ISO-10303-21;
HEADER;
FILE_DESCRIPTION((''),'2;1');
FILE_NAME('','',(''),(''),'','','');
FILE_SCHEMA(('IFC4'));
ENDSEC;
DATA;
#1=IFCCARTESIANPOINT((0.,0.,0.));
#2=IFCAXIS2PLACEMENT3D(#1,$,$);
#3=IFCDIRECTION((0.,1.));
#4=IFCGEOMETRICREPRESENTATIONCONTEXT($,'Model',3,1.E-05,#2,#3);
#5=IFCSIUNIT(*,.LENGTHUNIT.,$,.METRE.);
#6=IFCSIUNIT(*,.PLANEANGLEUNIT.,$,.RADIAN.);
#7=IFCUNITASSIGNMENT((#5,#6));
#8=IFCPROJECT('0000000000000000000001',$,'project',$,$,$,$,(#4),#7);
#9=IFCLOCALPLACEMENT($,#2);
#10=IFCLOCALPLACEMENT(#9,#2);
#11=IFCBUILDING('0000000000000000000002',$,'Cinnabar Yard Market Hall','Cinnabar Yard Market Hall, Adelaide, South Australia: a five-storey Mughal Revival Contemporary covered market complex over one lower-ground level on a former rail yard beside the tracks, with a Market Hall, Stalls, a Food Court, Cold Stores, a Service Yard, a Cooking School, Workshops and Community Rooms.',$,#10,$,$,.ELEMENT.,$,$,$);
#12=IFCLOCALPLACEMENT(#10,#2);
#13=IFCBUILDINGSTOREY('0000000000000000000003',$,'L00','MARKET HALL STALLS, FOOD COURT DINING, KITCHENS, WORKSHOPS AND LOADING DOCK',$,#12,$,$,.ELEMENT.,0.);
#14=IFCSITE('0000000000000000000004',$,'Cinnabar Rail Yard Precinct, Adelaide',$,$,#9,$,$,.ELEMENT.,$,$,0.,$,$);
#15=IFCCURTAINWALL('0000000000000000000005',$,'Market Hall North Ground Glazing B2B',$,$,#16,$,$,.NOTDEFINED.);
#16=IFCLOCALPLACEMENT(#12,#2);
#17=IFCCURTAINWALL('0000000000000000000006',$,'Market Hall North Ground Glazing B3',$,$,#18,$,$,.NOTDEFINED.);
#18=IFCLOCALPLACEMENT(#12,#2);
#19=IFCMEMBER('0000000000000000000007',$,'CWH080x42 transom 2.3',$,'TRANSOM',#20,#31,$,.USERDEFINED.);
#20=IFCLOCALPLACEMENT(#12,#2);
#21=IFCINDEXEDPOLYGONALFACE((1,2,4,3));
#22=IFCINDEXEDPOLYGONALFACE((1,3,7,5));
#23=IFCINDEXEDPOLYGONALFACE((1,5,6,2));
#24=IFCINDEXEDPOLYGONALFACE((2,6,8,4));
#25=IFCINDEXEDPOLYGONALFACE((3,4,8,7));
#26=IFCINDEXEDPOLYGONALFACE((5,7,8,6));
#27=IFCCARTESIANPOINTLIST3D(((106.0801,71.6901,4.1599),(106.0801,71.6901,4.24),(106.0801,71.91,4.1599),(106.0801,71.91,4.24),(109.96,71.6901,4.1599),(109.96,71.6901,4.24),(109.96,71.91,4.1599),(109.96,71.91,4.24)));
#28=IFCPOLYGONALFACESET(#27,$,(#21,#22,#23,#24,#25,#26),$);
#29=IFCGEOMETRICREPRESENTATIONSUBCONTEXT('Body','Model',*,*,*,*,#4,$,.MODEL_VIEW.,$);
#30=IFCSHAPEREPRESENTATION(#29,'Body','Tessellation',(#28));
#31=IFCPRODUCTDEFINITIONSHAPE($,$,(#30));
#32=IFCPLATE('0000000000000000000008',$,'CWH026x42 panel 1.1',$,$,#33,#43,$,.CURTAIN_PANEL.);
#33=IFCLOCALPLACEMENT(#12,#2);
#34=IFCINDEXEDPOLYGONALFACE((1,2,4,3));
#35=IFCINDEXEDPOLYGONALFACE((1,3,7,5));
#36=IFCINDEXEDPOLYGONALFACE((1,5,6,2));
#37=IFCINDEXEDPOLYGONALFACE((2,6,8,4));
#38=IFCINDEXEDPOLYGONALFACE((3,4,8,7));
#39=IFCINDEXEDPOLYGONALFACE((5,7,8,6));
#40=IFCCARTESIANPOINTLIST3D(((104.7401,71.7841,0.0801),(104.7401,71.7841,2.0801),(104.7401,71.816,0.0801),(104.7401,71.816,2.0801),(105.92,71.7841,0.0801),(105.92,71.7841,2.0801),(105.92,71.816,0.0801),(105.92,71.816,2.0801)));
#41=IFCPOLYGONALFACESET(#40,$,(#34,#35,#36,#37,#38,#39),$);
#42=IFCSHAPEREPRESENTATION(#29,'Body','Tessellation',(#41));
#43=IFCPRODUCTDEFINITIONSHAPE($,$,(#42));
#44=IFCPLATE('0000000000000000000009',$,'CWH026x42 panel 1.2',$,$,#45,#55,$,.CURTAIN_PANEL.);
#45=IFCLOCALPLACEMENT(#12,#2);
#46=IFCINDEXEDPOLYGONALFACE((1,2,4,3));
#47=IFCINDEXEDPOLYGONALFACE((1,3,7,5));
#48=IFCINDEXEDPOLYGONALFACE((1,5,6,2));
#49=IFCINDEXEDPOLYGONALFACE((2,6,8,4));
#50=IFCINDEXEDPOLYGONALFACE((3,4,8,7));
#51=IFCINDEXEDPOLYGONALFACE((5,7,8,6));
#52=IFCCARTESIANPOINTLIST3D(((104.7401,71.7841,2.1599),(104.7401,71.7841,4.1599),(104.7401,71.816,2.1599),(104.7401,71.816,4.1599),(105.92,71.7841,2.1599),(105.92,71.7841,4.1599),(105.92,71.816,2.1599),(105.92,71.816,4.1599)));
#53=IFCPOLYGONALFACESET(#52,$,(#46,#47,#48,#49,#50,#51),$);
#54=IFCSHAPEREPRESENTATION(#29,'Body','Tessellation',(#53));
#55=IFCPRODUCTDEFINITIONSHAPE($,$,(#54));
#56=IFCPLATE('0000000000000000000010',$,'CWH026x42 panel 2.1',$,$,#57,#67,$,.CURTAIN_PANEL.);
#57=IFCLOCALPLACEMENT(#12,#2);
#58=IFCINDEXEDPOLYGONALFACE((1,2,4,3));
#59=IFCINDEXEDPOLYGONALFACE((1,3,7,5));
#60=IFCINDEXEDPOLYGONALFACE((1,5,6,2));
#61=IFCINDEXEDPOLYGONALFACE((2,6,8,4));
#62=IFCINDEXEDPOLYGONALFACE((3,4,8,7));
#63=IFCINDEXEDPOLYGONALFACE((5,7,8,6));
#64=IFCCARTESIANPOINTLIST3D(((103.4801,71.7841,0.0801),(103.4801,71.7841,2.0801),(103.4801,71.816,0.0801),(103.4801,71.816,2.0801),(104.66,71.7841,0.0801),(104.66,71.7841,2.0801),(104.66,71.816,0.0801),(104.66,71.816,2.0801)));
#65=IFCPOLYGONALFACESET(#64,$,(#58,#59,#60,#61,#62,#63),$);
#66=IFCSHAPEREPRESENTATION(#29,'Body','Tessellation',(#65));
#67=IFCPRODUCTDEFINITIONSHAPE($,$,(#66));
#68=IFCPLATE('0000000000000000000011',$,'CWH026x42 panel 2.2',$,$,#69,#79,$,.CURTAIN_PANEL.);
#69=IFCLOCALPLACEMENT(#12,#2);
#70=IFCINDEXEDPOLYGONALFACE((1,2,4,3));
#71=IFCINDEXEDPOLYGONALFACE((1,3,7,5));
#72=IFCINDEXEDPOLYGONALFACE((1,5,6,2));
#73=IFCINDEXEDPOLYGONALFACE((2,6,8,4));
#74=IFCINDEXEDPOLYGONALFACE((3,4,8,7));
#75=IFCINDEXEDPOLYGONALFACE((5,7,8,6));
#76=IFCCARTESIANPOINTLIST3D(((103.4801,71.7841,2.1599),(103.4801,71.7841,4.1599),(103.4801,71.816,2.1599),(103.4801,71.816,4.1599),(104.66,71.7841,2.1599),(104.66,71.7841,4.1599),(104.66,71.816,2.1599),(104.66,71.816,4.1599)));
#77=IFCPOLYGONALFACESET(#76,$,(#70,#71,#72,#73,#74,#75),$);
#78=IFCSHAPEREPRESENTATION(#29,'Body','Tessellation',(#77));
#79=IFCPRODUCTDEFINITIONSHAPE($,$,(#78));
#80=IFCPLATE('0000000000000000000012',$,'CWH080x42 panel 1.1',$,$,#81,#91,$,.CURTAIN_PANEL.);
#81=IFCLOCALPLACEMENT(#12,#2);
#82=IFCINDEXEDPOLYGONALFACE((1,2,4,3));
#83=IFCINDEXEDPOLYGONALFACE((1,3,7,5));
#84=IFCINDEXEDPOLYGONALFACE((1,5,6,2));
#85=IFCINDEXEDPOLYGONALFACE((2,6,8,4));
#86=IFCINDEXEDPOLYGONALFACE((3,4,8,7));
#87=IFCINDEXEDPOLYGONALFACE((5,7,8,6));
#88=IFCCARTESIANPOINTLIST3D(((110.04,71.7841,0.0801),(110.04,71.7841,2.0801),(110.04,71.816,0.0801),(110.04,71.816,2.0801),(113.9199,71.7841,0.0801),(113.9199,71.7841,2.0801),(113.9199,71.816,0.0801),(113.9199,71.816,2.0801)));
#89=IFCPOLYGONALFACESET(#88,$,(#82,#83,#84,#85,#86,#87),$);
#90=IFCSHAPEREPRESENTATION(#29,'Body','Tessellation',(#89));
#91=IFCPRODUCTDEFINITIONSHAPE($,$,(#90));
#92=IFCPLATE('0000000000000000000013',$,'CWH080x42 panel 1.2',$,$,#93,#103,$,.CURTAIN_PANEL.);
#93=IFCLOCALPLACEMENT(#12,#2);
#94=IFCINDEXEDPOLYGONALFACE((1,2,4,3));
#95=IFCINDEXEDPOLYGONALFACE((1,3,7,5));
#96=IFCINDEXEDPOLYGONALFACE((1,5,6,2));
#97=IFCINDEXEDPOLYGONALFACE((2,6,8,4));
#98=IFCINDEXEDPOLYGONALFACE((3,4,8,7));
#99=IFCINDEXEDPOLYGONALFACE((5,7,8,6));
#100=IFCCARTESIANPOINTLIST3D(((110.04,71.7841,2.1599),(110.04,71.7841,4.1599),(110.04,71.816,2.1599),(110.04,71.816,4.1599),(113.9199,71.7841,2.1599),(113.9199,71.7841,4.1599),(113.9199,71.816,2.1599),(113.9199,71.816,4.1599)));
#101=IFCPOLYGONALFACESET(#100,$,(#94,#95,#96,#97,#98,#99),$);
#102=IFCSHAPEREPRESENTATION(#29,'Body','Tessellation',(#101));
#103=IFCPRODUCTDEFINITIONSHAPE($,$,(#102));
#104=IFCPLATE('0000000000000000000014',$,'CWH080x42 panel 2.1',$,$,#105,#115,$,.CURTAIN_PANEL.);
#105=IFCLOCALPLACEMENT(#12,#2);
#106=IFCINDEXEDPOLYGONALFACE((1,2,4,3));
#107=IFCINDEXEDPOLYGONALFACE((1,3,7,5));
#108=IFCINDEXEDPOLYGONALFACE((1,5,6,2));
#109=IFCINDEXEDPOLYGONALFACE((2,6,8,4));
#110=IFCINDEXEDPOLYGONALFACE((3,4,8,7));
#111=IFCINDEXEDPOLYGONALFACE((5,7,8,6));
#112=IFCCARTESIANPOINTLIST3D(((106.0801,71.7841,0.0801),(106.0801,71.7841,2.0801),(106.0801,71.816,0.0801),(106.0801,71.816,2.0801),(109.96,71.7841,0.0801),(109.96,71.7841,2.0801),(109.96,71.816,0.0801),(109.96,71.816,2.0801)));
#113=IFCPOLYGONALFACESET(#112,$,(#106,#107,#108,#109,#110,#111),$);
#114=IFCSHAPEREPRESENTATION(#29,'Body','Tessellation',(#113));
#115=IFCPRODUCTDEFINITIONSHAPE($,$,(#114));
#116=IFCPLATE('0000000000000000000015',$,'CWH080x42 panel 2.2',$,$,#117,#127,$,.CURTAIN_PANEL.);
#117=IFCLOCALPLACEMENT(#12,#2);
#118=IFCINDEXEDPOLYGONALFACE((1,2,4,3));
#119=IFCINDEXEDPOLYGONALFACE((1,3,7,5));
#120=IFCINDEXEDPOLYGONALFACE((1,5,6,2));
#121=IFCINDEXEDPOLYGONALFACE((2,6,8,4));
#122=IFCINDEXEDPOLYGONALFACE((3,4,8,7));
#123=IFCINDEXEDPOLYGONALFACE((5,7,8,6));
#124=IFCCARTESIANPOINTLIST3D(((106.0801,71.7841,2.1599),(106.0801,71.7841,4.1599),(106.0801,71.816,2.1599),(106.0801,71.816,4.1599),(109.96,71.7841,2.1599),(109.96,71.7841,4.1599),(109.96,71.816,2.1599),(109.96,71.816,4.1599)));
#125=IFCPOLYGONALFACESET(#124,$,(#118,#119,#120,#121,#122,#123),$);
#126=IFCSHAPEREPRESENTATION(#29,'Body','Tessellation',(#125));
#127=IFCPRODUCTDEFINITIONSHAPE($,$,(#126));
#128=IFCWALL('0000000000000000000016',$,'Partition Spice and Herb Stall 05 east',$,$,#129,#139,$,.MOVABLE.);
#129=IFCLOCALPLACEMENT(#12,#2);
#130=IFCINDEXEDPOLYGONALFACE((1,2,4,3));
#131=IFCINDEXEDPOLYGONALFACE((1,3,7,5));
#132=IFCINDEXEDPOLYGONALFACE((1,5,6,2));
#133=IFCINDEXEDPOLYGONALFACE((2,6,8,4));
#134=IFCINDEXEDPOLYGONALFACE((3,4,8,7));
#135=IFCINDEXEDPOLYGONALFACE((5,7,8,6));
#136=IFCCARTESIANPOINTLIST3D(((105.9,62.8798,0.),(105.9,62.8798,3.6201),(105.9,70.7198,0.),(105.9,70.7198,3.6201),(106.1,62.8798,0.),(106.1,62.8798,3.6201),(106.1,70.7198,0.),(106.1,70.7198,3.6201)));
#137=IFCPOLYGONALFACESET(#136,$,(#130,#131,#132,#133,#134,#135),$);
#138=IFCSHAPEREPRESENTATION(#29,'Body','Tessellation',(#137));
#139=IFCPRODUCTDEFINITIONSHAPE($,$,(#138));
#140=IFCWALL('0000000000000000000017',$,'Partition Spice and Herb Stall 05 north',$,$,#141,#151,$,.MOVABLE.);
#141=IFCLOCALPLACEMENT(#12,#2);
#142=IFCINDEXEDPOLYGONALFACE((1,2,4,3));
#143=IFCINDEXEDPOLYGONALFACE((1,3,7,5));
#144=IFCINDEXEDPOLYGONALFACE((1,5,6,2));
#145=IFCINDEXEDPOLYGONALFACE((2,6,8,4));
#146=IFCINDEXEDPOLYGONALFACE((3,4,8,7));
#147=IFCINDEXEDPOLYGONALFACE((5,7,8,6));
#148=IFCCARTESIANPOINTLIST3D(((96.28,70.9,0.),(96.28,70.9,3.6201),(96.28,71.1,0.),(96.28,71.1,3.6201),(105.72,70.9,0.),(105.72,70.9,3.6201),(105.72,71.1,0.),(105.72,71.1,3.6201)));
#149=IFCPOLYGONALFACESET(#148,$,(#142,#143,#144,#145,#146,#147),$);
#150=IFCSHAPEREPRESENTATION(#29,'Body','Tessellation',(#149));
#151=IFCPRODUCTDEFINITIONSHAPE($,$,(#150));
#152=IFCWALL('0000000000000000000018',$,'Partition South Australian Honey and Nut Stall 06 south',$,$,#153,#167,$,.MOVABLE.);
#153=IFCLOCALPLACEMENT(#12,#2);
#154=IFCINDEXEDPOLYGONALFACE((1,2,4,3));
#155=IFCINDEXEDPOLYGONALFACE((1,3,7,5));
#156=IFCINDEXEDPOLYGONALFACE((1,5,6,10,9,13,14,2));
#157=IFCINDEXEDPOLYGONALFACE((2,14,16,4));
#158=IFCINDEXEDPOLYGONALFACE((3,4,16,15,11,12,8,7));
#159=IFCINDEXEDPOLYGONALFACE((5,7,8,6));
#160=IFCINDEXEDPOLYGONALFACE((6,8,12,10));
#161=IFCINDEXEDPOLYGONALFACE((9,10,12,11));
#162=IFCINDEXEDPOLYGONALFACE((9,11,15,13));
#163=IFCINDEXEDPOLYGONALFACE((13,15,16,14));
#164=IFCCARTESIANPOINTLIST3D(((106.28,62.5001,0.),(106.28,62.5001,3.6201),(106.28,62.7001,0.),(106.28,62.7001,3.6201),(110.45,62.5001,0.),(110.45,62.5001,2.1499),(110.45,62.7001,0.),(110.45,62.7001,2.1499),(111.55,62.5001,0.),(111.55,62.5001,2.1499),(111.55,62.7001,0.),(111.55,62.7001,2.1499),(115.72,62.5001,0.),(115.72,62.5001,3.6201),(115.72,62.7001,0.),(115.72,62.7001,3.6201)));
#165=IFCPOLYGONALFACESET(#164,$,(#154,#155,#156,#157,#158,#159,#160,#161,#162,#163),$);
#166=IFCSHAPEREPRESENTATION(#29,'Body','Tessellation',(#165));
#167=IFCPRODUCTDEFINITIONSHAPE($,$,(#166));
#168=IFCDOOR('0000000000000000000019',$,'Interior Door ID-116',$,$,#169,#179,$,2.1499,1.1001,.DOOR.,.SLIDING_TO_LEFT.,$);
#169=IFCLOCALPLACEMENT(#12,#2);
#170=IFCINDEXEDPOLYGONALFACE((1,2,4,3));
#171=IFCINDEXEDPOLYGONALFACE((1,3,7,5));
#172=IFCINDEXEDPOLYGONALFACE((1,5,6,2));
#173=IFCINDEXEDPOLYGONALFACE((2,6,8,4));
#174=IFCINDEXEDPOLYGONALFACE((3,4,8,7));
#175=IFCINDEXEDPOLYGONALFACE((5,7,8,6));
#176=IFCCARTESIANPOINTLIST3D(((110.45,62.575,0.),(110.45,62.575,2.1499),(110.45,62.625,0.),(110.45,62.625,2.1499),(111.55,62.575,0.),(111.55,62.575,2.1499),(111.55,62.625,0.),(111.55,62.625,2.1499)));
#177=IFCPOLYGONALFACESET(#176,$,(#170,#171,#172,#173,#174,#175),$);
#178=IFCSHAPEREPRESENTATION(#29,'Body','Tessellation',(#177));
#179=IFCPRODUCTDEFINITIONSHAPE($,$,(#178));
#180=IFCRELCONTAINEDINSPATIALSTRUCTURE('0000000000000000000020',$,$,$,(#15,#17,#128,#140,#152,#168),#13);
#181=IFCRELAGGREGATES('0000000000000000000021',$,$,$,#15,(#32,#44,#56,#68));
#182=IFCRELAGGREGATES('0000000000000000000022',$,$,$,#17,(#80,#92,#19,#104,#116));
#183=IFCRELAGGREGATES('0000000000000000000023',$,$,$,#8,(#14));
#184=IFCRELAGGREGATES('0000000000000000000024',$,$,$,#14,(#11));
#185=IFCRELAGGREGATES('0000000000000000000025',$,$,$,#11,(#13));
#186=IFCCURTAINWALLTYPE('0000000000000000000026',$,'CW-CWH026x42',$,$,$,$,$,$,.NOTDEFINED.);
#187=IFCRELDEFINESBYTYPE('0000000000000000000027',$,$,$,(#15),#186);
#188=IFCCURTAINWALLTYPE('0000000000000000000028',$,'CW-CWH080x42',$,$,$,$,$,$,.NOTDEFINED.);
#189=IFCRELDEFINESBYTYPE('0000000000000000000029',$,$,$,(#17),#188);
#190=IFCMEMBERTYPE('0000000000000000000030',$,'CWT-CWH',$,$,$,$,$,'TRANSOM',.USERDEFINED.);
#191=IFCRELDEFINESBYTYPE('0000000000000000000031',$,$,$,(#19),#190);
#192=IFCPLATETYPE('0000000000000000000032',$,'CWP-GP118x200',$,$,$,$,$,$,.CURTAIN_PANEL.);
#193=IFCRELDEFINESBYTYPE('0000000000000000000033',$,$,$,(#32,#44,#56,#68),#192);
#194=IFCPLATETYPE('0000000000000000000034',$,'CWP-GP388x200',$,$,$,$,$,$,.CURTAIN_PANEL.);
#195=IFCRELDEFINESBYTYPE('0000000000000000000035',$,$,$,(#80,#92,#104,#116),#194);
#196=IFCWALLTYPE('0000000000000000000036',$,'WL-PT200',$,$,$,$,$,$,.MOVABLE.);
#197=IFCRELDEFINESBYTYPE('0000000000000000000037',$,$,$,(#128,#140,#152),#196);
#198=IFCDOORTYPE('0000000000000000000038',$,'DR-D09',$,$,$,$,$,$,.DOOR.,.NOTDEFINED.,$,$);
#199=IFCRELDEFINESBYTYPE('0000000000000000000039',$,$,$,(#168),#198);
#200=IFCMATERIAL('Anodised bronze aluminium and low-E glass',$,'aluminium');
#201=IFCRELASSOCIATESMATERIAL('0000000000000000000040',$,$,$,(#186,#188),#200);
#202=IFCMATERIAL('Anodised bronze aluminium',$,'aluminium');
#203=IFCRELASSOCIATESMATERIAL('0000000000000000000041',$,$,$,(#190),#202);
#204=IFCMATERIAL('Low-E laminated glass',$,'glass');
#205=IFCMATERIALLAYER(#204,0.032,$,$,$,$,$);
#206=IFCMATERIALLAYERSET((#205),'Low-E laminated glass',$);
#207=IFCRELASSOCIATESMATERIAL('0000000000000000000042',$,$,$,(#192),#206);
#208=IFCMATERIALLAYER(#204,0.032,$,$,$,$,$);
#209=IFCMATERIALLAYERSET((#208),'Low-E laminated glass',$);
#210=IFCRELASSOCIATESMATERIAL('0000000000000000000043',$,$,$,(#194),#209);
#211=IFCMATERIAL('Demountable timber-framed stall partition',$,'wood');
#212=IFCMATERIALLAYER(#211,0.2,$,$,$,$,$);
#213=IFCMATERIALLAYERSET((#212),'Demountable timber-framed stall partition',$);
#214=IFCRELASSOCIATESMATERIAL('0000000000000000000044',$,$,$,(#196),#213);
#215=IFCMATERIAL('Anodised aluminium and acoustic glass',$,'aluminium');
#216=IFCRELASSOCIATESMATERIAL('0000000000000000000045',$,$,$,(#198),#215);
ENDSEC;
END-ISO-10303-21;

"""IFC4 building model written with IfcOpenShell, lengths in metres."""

from ifc_helpers import new_model, si_unit, direction, frame, frame_2d, origin, origin_2d_with_axis, place, context, subcontext, project, spatial, rectangle, extrude, material, layer, layer_set, material_profile, profile_set, type_object, element, fill, aggregate, save


model = new_model("IFC4")

# Units and contexts
model_context = context("Model", 3, precision=1e-05, world=origin(), true_north=direction((0.0, 1.0)))
body_context = subcontext(model_context, "Body", "Model", "MODEL_VIEW")
ifc_project = project(units=[si_unit("LENGTHUNIT", "METRE"), si_unit("PLANEANGLEUNIT", "RADIAN")], contexts=[model_context])

# Site, building, storey
site_placement = place(None, origin())
site = spatial("IfcSite", under=ifc_project, at=site_placement, Name="Cinnabar Rail Yard Precinct, Adelaide", CompositionType="ELEMENT", RefElevation=0.0)
building_placement = place(site_placement, origin())
building = spatial("IfcBuilding", under=site, at=building_placement, Name="Cinnabar Yard Market Hall", Description="Cinnabar Yard Market Hall, Adelaide, South Australia: a five-storey Mughal Revival Contemporary covered market complex over one lower-ground level on a former rail yard beside the tracks, with a Market Hall, Stalls, a Food Court, Cold Stores, a Service Yard, a Cooking School, Workshops and Community Rooms.", CompositionType="ELEMENT")
storey_placement = place(building_placement, origin())
storey = spatial("IfcBuildingStorey", under=building, at=storey_placement, Name="L00", Description="MARKET HALL STALLS, FOOD COURT DINING, KITCHENS, WORKSHOPS AND LOADING DOCK", CompositionType="ELEMENT", Elevation=0.0)

# Curtain walls
ifc_material_1 = material(Name="Anodised bronze aluminium and low-E glass", Category="aluminium")
curtain_wall_type_1 = type_object("IfcCurtainWallType", Name="CW-CWH026x42", PredefinedType="NOTDEFINED", material=ifc_material_1)
curtain_wall_1_placement = place(storey_placement, origin())
curtain_wall_1 = element("IfcCurtainWall", 1, at=curtain_wall_1_placement, inside=storey, type_object=curtain_wall_type_1, Name="Market Hall North Ground Glazing B2B", PredefinedType="NOTDEFINED")
ifc_material_2 = material(Name="Anodised bronze aluminium", Category="aluminium")
curtain_wall_type_2 = type_object("IfcCurtainWallType", Name="CW-CWH080x42", PredefinedType="NOTDEFINED", material=ifc_material_1)
curtain_wall_2_placement = place(storey_placement, origin())
curtain_wall_2 = element("IfcCurtainWall", 2, at=curtain_wall_2_placement, inside=storey, type_object=curtain_wall_type_2, Name="Market Hall North Ground Glazing B3", PredefinedType="NOTDEFINED")

# Member
ifc_material_profile_1 = material_profile(ifc_material_2, rectangle(XDim=0.22, YDim=0.0801, at=origin_2d_with_axis()), Name="TRN-CWH")
ifc_profile_set_1 = profile_set([ifc_material_profile_1], Name="Anodised bronze aluminium")
member_type_1 = type_object("IfcMemberType", Name="CWT-CWH", ElementType="TRANSOM", PredefinedType="USERDEFINED", material=ifc_profile_set_1)
member_1_placement = place(storey_placement, frame((109.96, 71.8, 4.2), z_axis=(-1.0, 0.0, 0.0), x_axis=(0.0, -1.0, 0.0)))
member_1 = element("IfcMember", 3, at=member_1_placement, type_object=member_type_1, Name="CWH080x42 transom 2.3", ObjectType="TRANSOM", PredefinedType="USERDEFINED", context=body_context, shape_type="SweptSolid", body=[
    extrude(rectangle(XDim=0.22, YDim=0.0801, at=origin_2d_with_axis()), origin(), (0.0, 0.0, 1.0), 3.8799),
])

# Plates
ifc_material_3 = material(Name="Low-E laminated glass", Category="glass")
ifc_layer_1 = layer(ifc_material_3, 0.032)
ifc_layer_set_1 = layer_set([ifc_layer_1], Name="Low-E laminated glass")
plate_type_1 = type_object("IfcPlateType", Name="CWP-GP118x200", PredefinedType="CURTAIN_PANEL", material=ifc_layer_set_1)
plate_1_placement = place(storey_placement, frame((105.3301, 71.8, 0.0801), z_axis=(0.0, 0.0, 1.0), x_axis=(-1.0, 0.0, 0.0)))
plate_1 = element("IfcPlate", 4, at=plate_1_placement, type_object=plate_type_1, Name="CWH026x42 panel 1.1", PredefinedType="CURTAIN_PANEL", context=body_context, shape_type="SweptSolid", body=[
    extrude(rectangle(XDim=1.1799, YDim=0.032, at=origin_2d_with_axis()), origin(), (0.0, 0.0, 1.0), 2.0),
])
plate_2_placement = place(storey_placement, frame((105.3301, 71.8, 2.1599), z_axis=(0.0, 0.0, 1.0), x_axis=(-1.0, 0.0, 0.0)))
plate_2 = element("IfcPlate", 5, at=plate_2_placement, type_object=plate_type_1, Name="CWH026x42 panel 1.2", PredefinedType="CURTAIN_PANEL", context=body_context, shape_type="SweptSolid", body=[
    extrude(rectangle(XDim=1.1799, YDim=0.032, at=origin_2d_with_axis()), origin(), (0.0, 0.0, 1.0), 2.0),
])
plate_3_placement = place(storey_placement, frame((104.0701, 71.8, 0.0801), z_axis=(0.0, 0.0, 1.0), x_axis=(-1.0, 0.0, 0.0)))
plate_3 = element("IfcPlate", 6, at=plate_3_placement, type_object=plate_type_1, Name="CWH026x42 panel 2.1", PredefinedType="CURTAIN_PANEL", context=body_context, shape_type="SweptSolid", body=[
    extrude(rectangle(XDim=1.1799, YDim=0.032, at=origin_2d_with_axis()), origin(), (0.0, 0.0, 1.0), 2.0),
])
plate_4_placement = place(storey_placement, frame((104.0701, 71.8, 2.1599), z_axis=(0.0, 0.0, 1.0), x_axis=(-1.0, 0.0, 0.0)))
plate_4 = element("IfcPlate", 7, at=plate_4_placement, type_object=plate_type_1, Name="CWH026x42 panel 2.2", PredefinedType="CURTAIN_PANEL", context=body_context, shape_type="SweptSolid", body=[
    extrude(rectangle(XDim=1.1799, YDim=0.032, at=origin_2d_with_axis()), origin(), (0.0, 0.0, 1.0), 2.0),
])
aggregate(curtain_wall_1, [plate_1, plate_2, plate_3, plate_4])
ifc_layer_2 = layer(ifc_material_3, 0.032)
ifc_layer_set_2 = layer_set([ifc_layer_2], Name="Low-E laminated glass")
plate_type_2 = type_object("IfcPlateType", Name="CWP-GP388x200", PredefinedType="CURTAIN_PANEL", material=ifc_layer_set_2)
plate_5_placement = place(storey_placement, frame((111.98, 71.8, 0.0801), z_axis=(0.0, 0.0, 1.0), x_axis=(-1.0, 0.0, 0.0)))
plate_5 = element("IfcPlate", 8, at=plate_5_placement, type_object=plate_type_2, Name="CWH080x42 panel 1.1", PredefinedType="CURTAIN_PANEL", context=body_context, shape_type="SweptSolid", body=[
    extrude(rectangle(XDim=3.8799, YDim=0.032, at=origin_2d_with_axis()), origin(), (0.0, 0.0, 1.0), 2.0),
])
plate_6_placement = place(storey_placement, frame((111.98, 71.8, 2.1599), z_axis=(0.0, 0.0, 1.0), x_axis=(-1.0, 0.0, 0.0)))
plate_6 = element("IfcPlate", 9, at=plate_6_placement, type_object=plate_type_2, Name="CWH080x42 panel 1.2", PredefinedType="CURTAIN_PANEL", context=body_context, shape_type="SweptSolid", body=[
    extrude(rectangle(XDim=3.8799, YDim=0.032, at=origin_2d_with_axis()), origin(), (0.0, 0.0, 1.0), 2.0),
])
plate_7_placement = place(storey_placement, frame((108.02, 71.8, 0.0801), z_axis=(0.0, 0.0, 1.0), x_axis=(-1.0, 0.0, 0.0)))
plate_7 = element("IfcPlate", 10, at=plate_7_placement, type_object=plate_type_2, Name="CWH080x42 panel 2.1", PredefinedType="CURTAIN_PANEL", context=body_context, shape_type="SweptSolid", body=[
    extrude(rectangle(XDim=3.8799, YDim=0.032, at=origin_2d_with_axis()), origin(), (0.0, 0.0, 1.0), 2.0),
])
plate_8_placement = place(storey_placement, frame((108.02, 71.8, 2.1599), z_axis=(0.0, 0.0, 1.0), x_axis=(-1.0, 0.0, 0.0)))
plate_8 = element("IfcPlate", 11, at=plate_8_placement, type_object=plate_type_2, Name="CWH080x42 panel 2.2", PredefinedType="CURTAIN_PANEL", context=body_context, shape_type="SweptSolid", body=[
    extrude(rectangle(XDim=3.8799, YDim=0.032, at=origin_2d_with_axis()), origin(), (0.0, 0.0, 1.0), 2.0),
])
aggregate(curtain_wall_2, [plate_5, plate_6, member_1, plate_7, plate_8])

# Walls
ifc_material_4 = material(Name="Demountable timber-framed stall partition", Category="wood")
ifc_layer_3 = layer(ifc_material_4, 0.2)
ifc_layer_set_3 = layer_set([ifc_layer_3], Name="Demountable timber-framed stall partition")
wall_type = type_object("IfcWallType", Name="WL-PT200", PredefinedType="MOVABLE", material=ifc_layer_set_3)
wall_1_placement = place(storey_placement, frame((106.0, 62.8799, 0.0), z_axis=(0.0, 0.0, 1.0), x_axis=(0.0, 1.0, 0.0)))
element("IfcWall", 12, at=wall_1_placement, inside=storey, type_object=wall_type, Name="Partition Spice and Herb Stall 05 east", PredefinedType="MOVABLE", context=body_context, shape_type="SweptSolid", body=[
    extrude(rectangle(XDim=7.8401, YDim=0.2, at=frame_2d((3.9199, 0.0), x_axis=(1.0, 0.0))), origin(), (0.0, 0.0, 1.0), 3.6201),
])
wall_2_placement = place(storey_placement, frame((105.72, 71.0, 0.0), z_axis=(0.0, 0.0, 1.0), x_axis=(-1.0, 0.0, 0.0)))
element("IfcWall", 13, at=wall_2_placement, inside=storey, type_object=wall_type, Name="Partition Spice and Herb Stall 05 north", PredefinedType="MOVABLE", context=body_context, shape_type="SweptSolid", body=[
    extrude(rectangle(XDim=9.4399, YDim=0.2, at=frame_2d((4.72, 0.0), x_axis=(1.0, 0.0))), origin(), (0.0, 0.0, 1.0), 3.6201),
])

# Wall, opening, door
wall_3_placement = place(storey_placement, frame((106.28, 62.6001, 0.0), z_axis=(0.0, 0.0, 1.0), x_axis=(1.0, 0.0, 0.0)))
wall_3 = element("IfcWall", 14, at=wall_3_placement, inside=storey, type_object=wall_type, Name="Partition South Australian Honey and Nut Stall 06 south", PredefinedType="MOVABLE", context=body_context, shape_type="SweptSolid", body=[
    extrude(rectangle(XDim=9.4399, YDim=0.2, at=frame_2d((4.72, 0.0), x_axis=(1.0, 0.0))), origin(), (0.0, 0.0, 1.0), 3.6201),
])
opening_placement = place(wall_3_placement, frame((4.1699, 0.0, 0.0)))
opening = element("IfcOpeningElement", 15, at=opening_placement, cuts=wall_3, PredefinedType="OPENING", context=body_context, shape_type="SweptSolid", body=[
    extrude(rectangle(XDim=1.1001, YDim=2.1499, at=frame_2d((0.55, 1.075), x_axis=(1.0, 0.0))), frame((0.0, 0.1099, 0.0), z_axis=(0.0, -1.0, 0.0), x_axis=(1.0, 0.0, 0.0)), (0.0, 0.0, 1.0), 0.22),
])
ifc_material_5 = material(Name="Anodised aluminium and acoustic glass", Category="aluminium")
door_type = type_object("IfcDoorType", Name="DR-D09", OperationType="NOTDEFINED", PredefinedType="DOOR", material=ifc_material_5)
door_placement = place(opening_placement, origin())
door = element("IfcDoor", 16, at=door_placement, inside=storey, type_object=door_type, Name="Interior Door ID-116", OperationType="SLIDING_TO_LEFT", OverallHeight=2.1499, OverallWidth=1.1001, PredefinedType="DOOR", context=body_context, shape_type="SweptSolid", body=[
    extrude(rectangle(XDim=1.1001, YDim=2.1499, at=frame_2d((0.55, 1.075), x_axis=(1.0, 0.0))), frame((0.0, 0.0249, 0.0), z_axis=(0.0, -1.0, 0.0), x_axis=(1.0, 0.0, 0.0)), (0.0, 0.0, 1.0), 0.05),
])
fill(opening, door)

save(model, "model.ifc")
